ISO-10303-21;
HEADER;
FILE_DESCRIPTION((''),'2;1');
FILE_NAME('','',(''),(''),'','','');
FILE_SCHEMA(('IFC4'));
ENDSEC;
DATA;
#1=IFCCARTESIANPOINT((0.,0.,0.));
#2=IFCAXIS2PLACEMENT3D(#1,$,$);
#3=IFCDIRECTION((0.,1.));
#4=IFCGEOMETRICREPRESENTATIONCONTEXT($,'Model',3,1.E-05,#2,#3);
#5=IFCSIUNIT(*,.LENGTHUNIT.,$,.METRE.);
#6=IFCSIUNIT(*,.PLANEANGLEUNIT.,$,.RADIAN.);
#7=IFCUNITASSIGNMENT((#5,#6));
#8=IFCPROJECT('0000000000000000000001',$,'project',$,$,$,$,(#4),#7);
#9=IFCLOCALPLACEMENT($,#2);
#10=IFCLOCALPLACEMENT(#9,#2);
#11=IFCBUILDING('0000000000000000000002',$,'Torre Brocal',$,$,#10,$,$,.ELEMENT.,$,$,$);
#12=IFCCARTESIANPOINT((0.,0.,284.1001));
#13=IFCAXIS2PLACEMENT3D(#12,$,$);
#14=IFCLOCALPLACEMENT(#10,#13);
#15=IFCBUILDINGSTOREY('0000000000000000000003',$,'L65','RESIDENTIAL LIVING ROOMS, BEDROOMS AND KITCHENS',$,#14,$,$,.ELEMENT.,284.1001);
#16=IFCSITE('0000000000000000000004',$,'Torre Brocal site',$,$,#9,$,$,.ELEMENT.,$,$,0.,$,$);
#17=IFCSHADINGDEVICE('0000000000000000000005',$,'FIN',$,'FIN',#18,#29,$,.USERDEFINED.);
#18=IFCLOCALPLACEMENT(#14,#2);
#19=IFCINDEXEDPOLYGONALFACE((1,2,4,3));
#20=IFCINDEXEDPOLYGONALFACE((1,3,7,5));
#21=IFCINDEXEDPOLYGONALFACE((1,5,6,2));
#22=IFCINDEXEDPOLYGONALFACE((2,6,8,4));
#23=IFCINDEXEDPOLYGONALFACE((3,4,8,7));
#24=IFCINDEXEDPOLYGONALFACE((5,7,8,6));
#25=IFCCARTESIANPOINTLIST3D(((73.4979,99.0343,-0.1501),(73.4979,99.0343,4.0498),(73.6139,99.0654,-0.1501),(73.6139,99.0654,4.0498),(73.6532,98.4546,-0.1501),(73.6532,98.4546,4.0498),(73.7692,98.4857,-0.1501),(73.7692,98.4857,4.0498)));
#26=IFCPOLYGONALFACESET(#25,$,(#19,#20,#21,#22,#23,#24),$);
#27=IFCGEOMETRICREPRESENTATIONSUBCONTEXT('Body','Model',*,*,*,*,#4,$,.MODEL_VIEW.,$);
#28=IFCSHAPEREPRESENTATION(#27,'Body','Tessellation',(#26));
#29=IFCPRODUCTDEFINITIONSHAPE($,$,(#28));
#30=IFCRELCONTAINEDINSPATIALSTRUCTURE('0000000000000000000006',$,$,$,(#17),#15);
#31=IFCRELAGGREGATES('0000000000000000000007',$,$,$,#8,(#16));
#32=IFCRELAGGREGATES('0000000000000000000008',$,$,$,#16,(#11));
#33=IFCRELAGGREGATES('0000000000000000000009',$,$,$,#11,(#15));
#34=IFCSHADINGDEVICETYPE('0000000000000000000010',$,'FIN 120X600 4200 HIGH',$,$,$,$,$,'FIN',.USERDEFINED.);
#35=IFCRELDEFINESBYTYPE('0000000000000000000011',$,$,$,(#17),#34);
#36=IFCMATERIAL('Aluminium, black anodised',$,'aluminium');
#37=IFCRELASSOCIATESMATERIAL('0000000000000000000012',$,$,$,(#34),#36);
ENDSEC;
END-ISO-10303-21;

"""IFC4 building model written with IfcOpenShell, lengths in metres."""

from ifc_helpers import new_model, si_unit, direction, frame, origin, origin_2d, place, context, subcontext, project, spatial, rectangle, extrude, material, material_profile, profile_set, type_object, element, save


model = new_model("IFC4")

# Units and contexts
model_context = context("Model", 3, precision=1e-05, world=origin(), true_north=direction((0.0, 1.0)))
body_context = subcontext(model_context, "Body", "Model", "MODEL_VIEW")
ifc_project = project(units=[si_unit("LENGTHUNIT", "METRE"), si_unit("PLANEANGLEUNIT", "RADIAN")], contexts=[model_context])

# Site, building, storey
site_placement = place(None, origin())
site = spatial("IfcSite", under=ifc_project, at=site_placement, Name="Torre Brocal site", CompositionType="ELEMENT", RefElevation=0.0)
building_placement = place(site_placement, origin())
building = spatial("IfcBuilding", under=site, at=building_placement, Name="Torre Brocal", CompositionType="ELEMENT")
storey_placement = place(building_placement, frame((0.0, 0.0, 284.1001)))
storey = spatial("IfcBuildingStorey", under=building, at=storey_placement, Name="L65", Description="RESIDENTIAL LIVING ROOMS, BEDROOMS AND KITCHENS", CompositionType="ELEMENT", Elevation=284.1001)

# Shading device
ifc_material_1 = material(Name="Aluminium, black anodised", Category="aluminium")
ifc_material_profile_1 = material_profile(ifc_material_1, rectangle(XDim=0.1201, YDim=0.6001, at=origin_2d()), Name="FIN 120X600 4200 HIGH")
ifc_profile_set_1 = profile_set([ifc_material_profile_1], Name="Aluminium, black anodised")
shading_device_type = type_object("IfcShadingDeviceType", Name="FIN 120X600 4200 HIGH", ElementType="FIN", PredefinedType="USERDEFINED", material=ifc_profile_set_1)
shading_device_placement = place(storey_placement, frame((73.6335, 98.76, -0.1501), z_axis=(0.0, 0.0, 1.0), x_axis=(-0.965926, -0.258819, 0.0)))
element("IfcShadingDevice", 1, at=shading_device_placement, inside=storey, type_object=shading_device_type, Name="FIN", ObjectType="FIN", PredefinedType="USERDEFINED", context=body_context, shape_type="SweptSolid", body=[
    extrude(rectangle(XDim=0.1201, YDim=0.6001, at=origin_2d()), origin(), (0.0, 0.0, 1.0), 4.2),
])

save(model, "model.ifc")
